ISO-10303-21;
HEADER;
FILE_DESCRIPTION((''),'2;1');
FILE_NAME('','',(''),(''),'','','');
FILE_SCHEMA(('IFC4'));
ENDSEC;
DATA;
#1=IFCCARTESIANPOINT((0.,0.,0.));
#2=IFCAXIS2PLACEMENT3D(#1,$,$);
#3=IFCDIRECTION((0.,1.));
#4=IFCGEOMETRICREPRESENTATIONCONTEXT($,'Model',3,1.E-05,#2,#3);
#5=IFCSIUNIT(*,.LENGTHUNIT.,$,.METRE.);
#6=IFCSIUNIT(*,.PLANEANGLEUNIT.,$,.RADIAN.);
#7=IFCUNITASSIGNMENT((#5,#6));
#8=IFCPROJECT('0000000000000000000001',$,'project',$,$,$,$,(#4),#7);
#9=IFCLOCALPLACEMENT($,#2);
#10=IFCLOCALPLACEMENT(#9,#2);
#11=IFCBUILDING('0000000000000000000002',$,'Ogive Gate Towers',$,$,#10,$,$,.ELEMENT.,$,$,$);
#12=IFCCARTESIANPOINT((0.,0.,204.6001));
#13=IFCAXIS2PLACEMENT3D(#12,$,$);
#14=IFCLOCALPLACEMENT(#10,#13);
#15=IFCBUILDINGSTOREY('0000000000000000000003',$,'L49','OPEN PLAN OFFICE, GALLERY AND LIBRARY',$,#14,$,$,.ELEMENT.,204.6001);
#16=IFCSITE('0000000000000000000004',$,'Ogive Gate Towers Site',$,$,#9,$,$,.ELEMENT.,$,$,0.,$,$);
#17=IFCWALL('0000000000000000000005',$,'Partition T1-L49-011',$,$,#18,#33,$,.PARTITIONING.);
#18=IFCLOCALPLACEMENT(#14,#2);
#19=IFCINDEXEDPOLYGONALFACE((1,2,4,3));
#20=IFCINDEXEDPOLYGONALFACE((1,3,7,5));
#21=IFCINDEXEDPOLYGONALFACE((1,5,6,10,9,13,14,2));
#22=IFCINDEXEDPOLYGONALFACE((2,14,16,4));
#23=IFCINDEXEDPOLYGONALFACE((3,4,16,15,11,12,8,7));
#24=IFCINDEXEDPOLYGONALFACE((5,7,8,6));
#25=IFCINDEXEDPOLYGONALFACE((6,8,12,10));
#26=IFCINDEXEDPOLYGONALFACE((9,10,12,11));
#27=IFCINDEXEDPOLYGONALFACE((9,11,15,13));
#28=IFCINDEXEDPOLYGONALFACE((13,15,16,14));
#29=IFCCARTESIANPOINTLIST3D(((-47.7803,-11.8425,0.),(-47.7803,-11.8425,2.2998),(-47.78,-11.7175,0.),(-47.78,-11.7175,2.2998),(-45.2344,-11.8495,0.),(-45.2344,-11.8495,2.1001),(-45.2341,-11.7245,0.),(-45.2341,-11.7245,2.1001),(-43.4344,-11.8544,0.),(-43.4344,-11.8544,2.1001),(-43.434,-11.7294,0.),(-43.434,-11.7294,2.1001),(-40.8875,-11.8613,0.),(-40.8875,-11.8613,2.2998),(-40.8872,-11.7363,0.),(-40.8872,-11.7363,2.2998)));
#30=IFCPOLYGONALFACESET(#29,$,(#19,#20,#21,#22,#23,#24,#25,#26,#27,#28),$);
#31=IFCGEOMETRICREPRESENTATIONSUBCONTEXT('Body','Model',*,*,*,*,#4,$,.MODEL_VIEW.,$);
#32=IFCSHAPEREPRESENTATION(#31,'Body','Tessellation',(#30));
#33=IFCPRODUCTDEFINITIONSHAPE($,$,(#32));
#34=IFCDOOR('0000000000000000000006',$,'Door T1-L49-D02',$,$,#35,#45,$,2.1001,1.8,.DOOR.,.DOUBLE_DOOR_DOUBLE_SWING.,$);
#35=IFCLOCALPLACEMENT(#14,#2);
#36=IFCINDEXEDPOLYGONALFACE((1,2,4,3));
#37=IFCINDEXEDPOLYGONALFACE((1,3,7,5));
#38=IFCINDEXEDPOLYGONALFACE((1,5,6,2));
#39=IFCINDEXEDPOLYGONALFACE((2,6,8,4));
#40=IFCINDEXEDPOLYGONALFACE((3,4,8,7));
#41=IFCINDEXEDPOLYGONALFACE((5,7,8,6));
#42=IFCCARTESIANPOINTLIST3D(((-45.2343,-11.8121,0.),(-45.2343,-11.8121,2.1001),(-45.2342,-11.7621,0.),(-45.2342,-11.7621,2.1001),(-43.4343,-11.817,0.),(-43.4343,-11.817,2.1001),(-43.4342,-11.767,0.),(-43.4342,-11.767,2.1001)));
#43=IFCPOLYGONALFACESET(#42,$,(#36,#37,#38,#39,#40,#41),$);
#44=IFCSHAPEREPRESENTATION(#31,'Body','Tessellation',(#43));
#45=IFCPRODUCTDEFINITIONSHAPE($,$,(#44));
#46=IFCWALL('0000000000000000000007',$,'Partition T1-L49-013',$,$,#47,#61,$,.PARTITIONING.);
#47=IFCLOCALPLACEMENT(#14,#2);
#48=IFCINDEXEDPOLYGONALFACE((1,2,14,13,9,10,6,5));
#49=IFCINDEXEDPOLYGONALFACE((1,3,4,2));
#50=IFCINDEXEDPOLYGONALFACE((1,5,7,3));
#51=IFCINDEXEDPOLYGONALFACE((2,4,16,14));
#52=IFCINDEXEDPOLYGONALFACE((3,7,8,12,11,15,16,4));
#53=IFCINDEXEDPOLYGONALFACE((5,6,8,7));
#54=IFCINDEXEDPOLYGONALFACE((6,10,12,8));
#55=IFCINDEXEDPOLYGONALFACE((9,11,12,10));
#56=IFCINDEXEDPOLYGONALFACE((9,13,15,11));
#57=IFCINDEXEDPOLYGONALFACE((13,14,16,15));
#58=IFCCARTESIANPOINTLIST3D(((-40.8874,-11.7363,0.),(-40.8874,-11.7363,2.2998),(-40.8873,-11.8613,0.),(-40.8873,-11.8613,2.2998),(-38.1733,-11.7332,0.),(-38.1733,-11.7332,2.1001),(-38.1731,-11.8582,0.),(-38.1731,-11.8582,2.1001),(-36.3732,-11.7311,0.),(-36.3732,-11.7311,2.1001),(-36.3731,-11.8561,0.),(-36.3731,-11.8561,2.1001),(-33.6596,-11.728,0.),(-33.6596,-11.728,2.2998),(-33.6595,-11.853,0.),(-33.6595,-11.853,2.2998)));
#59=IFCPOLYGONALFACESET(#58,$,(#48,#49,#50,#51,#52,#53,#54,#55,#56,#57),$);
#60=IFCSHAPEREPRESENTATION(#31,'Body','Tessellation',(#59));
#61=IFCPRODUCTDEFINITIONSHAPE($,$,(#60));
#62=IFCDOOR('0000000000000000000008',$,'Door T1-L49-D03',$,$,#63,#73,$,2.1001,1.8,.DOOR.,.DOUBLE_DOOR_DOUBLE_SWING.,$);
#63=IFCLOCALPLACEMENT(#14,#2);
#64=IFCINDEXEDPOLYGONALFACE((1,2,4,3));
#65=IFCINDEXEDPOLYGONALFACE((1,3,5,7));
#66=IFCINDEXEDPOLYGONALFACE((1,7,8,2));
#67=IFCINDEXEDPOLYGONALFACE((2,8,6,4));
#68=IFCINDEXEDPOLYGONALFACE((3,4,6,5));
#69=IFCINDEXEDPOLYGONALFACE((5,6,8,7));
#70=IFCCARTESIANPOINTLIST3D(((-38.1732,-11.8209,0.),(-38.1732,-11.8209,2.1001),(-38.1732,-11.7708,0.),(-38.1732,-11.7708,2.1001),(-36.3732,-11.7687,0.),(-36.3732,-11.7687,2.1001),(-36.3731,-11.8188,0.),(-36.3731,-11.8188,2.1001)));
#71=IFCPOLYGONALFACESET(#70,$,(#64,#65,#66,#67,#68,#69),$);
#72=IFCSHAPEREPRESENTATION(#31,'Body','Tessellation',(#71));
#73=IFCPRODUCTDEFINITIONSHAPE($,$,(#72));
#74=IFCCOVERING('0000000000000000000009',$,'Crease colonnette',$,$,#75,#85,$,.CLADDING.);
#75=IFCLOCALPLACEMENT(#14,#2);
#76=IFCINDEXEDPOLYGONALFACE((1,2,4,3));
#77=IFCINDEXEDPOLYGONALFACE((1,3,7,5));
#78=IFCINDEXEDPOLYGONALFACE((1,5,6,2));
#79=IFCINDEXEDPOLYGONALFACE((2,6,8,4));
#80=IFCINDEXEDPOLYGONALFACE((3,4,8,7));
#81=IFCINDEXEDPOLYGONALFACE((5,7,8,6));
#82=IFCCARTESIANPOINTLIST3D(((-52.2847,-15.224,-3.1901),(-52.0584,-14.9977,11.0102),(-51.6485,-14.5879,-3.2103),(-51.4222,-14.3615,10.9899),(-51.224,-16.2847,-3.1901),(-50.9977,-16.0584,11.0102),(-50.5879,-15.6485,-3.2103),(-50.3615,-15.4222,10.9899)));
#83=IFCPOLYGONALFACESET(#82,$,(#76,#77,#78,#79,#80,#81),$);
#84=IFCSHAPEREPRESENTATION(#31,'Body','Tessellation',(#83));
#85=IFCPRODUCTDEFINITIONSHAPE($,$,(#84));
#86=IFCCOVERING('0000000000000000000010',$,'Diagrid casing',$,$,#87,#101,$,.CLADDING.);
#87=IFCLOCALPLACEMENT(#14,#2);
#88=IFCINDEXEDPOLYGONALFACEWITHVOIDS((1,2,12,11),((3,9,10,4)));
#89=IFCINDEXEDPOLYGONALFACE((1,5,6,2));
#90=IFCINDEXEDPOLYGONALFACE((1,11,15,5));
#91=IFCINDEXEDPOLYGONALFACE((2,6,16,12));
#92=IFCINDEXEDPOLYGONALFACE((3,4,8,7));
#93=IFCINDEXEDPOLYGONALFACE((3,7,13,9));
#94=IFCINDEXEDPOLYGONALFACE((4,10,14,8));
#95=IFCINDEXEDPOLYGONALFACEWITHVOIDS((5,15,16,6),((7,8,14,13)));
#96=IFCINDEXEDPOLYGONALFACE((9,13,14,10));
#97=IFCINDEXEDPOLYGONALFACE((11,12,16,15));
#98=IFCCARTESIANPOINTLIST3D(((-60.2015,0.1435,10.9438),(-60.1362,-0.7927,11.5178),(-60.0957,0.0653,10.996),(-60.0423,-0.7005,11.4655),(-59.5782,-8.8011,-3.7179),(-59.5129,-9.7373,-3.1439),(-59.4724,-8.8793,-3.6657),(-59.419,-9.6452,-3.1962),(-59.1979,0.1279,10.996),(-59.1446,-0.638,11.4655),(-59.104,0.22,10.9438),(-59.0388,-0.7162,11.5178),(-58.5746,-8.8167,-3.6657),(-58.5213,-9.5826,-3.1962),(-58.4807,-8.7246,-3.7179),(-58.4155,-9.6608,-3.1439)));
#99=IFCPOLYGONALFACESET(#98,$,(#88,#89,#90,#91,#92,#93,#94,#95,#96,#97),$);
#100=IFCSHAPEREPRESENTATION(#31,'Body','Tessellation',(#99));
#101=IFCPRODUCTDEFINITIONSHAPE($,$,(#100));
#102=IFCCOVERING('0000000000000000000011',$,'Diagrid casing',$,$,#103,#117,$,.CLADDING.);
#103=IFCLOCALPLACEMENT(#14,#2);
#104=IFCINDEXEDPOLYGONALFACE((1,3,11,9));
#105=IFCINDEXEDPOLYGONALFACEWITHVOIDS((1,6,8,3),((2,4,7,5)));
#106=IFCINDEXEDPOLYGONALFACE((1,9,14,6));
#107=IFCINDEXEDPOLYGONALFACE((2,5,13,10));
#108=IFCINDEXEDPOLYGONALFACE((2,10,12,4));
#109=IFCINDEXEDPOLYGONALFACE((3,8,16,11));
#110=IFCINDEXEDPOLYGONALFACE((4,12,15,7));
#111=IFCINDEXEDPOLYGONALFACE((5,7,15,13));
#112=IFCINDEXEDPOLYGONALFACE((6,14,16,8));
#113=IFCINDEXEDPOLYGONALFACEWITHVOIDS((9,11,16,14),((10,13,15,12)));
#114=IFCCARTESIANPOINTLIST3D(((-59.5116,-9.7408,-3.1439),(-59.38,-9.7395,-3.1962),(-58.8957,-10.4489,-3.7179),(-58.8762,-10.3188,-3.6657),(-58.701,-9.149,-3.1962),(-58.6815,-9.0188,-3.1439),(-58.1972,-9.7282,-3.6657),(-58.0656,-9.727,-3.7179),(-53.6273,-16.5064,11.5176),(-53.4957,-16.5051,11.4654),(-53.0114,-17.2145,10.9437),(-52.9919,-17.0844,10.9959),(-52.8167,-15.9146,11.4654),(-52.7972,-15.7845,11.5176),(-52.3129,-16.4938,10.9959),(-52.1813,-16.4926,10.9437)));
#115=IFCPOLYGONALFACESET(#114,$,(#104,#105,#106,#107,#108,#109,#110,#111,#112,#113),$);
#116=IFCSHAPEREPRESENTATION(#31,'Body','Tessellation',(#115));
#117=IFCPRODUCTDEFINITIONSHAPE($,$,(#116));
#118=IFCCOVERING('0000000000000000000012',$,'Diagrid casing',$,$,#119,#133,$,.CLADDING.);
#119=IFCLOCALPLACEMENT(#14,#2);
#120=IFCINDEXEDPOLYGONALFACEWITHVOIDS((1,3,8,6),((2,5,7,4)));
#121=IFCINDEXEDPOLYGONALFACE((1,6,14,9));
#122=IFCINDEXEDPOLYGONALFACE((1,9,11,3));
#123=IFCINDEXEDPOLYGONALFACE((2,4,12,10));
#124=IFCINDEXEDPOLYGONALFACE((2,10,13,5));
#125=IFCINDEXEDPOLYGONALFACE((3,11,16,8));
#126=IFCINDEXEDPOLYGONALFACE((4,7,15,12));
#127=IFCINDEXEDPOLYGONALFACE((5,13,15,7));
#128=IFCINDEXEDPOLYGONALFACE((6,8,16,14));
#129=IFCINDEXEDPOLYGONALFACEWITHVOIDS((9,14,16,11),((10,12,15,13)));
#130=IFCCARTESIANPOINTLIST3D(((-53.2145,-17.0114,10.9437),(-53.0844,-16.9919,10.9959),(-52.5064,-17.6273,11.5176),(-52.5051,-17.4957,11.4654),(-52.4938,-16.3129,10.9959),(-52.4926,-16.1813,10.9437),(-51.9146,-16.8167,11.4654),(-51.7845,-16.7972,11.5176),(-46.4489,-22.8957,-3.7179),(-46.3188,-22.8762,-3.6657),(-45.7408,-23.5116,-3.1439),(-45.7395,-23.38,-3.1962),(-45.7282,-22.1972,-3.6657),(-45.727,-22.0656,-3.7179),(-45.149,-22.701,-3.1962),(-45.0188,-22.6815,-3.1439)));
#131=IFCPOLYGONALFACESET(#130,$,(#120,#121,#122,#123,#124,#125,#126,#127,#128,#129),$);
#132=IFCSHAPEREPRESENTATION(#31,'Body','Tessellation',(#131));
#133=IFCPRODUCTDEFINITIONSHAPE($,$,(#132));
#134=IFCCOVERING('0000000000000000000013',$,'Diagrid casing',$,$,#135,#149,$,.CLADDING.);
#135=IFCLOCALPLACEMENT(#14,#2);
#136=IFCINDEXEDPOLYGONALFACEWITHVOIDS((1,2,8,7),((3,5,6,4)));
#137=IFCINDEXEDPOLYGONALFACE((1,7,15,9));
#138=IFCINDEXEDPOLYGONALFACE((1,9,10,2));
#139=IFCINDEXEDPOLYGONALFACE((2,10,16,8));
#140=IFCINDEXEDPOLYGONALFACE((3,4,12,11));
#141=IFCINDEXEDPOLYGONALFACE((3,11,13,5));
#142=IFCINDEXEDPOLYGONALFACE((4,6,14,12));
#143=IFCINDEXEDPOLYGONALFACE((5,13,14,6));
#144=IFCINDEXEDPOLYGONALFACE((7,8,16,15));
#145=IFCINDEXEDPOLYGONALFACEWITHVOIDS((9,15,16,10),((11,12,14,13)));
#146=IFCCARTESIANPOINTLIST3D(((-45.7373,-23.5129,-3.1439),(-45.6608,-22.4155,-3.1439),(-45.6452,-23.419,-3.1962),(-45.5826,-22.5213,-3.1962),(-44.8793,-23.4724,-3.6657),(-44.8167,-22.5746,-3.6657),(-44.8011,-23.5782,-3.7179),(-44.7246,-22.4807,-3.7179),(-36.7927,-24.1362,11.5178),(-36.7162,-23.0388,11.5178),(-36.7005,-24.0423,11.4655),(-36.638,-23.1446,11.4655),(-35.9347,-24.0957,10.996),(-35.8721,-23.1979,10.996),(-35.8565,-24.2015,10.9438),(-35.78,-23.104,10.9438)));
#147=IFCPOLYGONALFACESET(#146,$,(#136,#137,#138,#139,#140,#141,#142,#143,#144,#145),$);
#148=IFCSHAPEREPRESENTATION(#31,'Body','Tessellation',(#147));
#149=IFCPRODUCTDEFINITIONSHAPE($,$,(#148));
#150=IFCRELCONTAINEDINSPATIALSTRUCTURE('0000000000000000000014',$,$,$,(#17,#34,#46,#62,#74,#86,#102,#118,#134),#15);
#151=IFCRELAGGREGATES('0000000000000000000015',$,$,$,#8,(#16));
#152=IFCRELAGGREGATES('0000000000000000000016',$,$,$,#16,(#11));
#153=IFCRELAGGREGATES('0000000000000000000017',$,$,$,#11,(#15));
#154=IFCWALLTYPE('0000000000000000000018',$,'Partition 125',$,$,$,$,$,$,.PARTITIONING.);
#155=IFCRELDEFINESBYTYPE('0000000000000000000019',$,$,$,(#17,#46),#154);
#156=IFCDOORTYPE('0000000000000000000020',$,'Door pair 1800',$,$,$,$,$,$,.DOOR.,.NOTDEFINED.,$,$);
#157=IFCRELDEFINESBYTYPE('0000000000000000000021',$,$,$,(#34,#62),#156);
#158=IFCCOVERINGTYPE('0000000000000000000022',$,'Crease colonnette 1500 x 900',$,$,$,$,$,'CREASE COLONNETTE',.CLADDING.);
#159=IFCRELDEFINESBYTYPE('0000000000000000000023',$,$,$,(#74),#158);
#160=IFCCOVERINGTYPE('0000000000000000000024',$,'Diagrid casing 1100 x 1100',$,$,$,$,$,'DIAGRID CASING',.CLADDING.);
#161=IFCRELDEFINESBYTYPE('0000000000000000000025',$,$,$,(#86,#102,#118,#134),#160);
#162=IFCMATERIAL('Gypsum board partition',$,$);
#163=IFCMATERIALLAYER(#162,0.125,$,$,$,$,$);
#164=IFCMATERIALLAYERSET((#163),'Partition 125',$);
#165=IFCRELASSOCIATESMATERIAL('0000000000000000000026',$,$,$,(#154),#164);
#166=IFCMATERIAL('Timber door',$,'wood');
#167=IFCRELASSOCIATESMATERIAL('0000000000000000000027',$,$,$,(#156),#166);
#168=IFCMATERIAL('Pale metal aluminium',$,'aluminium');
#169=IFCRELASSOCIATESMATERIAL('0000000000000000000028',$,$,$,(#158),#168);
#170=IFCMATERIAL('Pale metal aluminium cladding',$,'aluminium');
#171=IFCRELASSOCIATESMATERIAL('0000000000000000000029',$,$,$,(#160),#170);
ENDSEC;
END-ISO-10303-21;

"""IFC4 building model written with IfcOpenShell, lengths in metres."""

from ifc_helpers import new_model, si_unit, direction, frame, frame_2d, origin, origin_2d, place, context, subcontext, project, spatial, rectangle, hollow_rectangle, extrude, material, layer, layer_set, material_profile, profile_set, type_object, element, fill, save


model = new_model("IFC4")

# Units and contexts
model_context = context("Model", 3, precision=1e-05, world=origin(), true_north=direction((0.0, 1.0)))
body_context = subcontext(model_context, "Body", "Model", "MODEL_VIEW")
ifc_project = project(units=[si_unit("LENGTHUNIT", "METRE"), si_unit("PLANEANGLEUNIT", "RADIAN")], contexts=[model_context])

# Site, building, storey
site_placement = place(None, origin())
site = spatial("IfcSite", under=ifc_project, at=site_placement, Name="Ogive Gate Towers Site", CompositionType="ELEMENT", RefElevation=0.0)
building_placement = place(site_placement, origin())
building = spatial("IfcBuilding", under=site, at=building_placement, Name="Ogive Gate Towers", CompositionType="ELEMENT")
storey_placement = place(building_placement, frame((0.0, 0.0, 204.6001)))
storey = spatial("IfcBuildingStorey", under=building, at=storey_placement, Name="L49", Description="OPEN PLAN OFFICE, GALLERY AND LIBRARY", CompositionType="ELEMENT", Elevation=204.6001)

# Shared definitions
ifc_material_1 = material(Name="Gypsum board partition")
ifc_layer_1 = layer(ifc_material_1, 0.125)
ifc_layer_set_1 = layer_set([ifc_layer_1], Name="Partition 125")
wall_type_1 = type_object("IfcWallType", Name="Partition 125", PredefinedType="PARTITIONING", material=ifc_layer_set_1)

# Walls, openings, doors
wall_1_placement = place(storey_placement, frame((-47.78, -11.78, 0.0), z_axis=(0.0, 0.0, 1.0), x_axis=(0.999996, -0.002727, 0.0)))
wall_1 = element("IfcWall", 1, at=wall_1_placement, inside=storey, type_object=wall_type_1, Name="Partition T1-L49-011", PredefinedType="PARTITIONING", context=body_context, shape_type="SweptSolid", body=[
    extrude(rectangle(XDim=6.8928, YDim=0.125, at=frame_2d((3.4463, 0.0))), origin(), (0.0, 0.0, 1.0), 2.2998),
])
opening_1_placement = place(wall_1_placement, frame((2.5459, 0.0, 0.0)))
opening_1 = element("IfcOpeningElement", 2, at=opening_1_placement, cuts=wall_1, PredefinedType="OPENING", context=body_context, shape_type="SweptSolid", body=[
    extrude(rectangle(XDim=1.8, YDim=2.1001, at=frame_2d((0.8999, 1.05))), frame((0.0, 0.0725, 0.0), z_axis=(0.0, -1.0, 0.0), x_axis=(1.0, 0.0, 0.0)), (0.0, 0.0, 1.0), 0.145),
])
ifc_material_2 = material(Name="Timber door", Category="wood")
door_type_1 = type_object("IfcDoorType", Name="Door pair 1800", OperationType="NOTDEFINED", PredefinedType="DOOR", material=ifc_material_2)
door_1_placement = place(opening_1_placement, origin())
door_1 = element("IfcDoor", 3, at=door_1_placement, inside=storey, type_object=door_type_1, Name="Door T1-L49-D02", OperationType="DOUBLE_DOOR_DOUBLE_SWING", OverallHeight=2.1001, OverallWidth=1.8, PredefinedType="DOOR", context=body_context, shape_type="SweptSolid", body=[
    extrude(rectangle(XDim=1.8, YDim=2.1001, at=frame_2d((0.8999, 1.05))), frame((0.0, 0.0249, 0.0), z_axis=(0.0, -1.0, 0.0), x_axis=(1.0, 0.0, 0.0)), (0.0, 0.0, 1.0), 0.05),
])
fill(opening_1, door_1)
wall_2_placement = place(storey_placement, frame((-40.8872, -11.7988, 0.0), z_axis=(0.0, 0.0, 1.0), x_axis=(0.999999, 0.001148, 0.0)))
wall_2 = element("IfcWall", 4, at=wall_2_placement, inside=storey, type_object=wall_type_1, Name="Partition T1-L49-013", PredefinedType="PARTITIONING", context=body_context, shape_type="SweptSolid", body=[
    extrude(rectangle(XDim=7.2278, YDim=0.125, at=frame_2d((3.6138, 0.0))), origin(), (0.0, 0.0, 1.0), 2.2998),
])
opening_2_placement = place(wall_2_placement, frame((2.7141, 0.0, 0.0)))
opening_2 = element("IfcOpeningElement", 5, at=opening_2_placement, cuts=wall_2, PredefinedType="OPENING", context=body_context, shape_type="SweptSolid", body=[
    extrude(rectangle(XDim=1.8, YDim=2.1001, at=frame_2d((0.8999, 1.05))), frame((0.0, 0.0725, 0.0), z_axis=(0.0, -1.0, 0.0), x_axis=(1.0, 0.0, 0.0)), (0.0, 0.0, 1.0), 0.145),
])
door_2_placement = place(opening_2_placement, origin())
door_2 = element("IfcDoor", 6, at=door_2_placement, inside=storey, type_object=door_type_1, Name="Door T1-L49-D03", OperationType="DOUBLE_DOOR_DOUBLE_SWING", OverallHeight=2.1001, OverallWidth=1.8, PredefinedType="DOOR", context=body_context, shape_type="SweptSolid", body=[
    extrude(rectangle(XDim=1.8, YDim=2.1001, at=frame_2d((0.8999, 1.05))), frame((0.0, 0.0249, 0.0), z_axis=(0.0, -1.0, 0.0), x_axis=(1.0, 0.0, 0.0)), (0.0, 0.0, 1.0), 0.05),
])
fill(opening_2, door_2)

# Coverings
ifc_material_3 = material(Name="Pale metal aluminium", Category="aluminium")
ifc_material_profile_1 = material_profile(ifc_material_3, rectangle(XDim=1.5, YDim=0.8999, at=origin_2d()), Name="1500 x 900 pale metal aluminium")
ifc_profile_set_1 = profile_set([ifc_material_profile_1], Name="Pale metal aluminium")
covering_type_1 = type_object("IfcCoveringType", Name="Crease colonnette 1500 x 900", ElementType="CREASE COLONNETTE", PredefinedType="CLADDING", material=ifc_profile_set_1)
covering_placement = place(storey_placement, frame((-51.4363, -15.4363, -3.2002), z_axis=(0.015934, 0.015934, 0.999746), x_axis=(-0.707107, 0.707107, 0.0)))
element("IfcCovering", 7, at=covering_placement, inside=storey, type_object=covering_type_1, Name="Crease colonnette", PredefinedType="CLADDING", context=body_context, shape_type="SweptSolid", body=[
    extrude(rectangle(XDim=1.5, YDim=0.8999, at=origin_2d()), origin(), (0.0, 0.0, 1.0), 14.2039),
])
ifc_material_4 = material(Name="Pale metal aluminium cladding", Category="aluminium")
ifc_material_profile_2 = material_profile(ifc_material_4, hollow_rectangle(XDim=1.1001, YDim=1.1001, WallThickness=0.1001, at=origin_2d()), Name="1100 x 1100 pale metal casing")
ifc_profile_set_2 = profile_set([ifc_material_profile_2], Name="Pale metal aluminium cladding")
covering_type_2 = type_object("IfcCoveringType", Name="Diagrid casing 1100 x 1100", ElementType="DIAGRID CASING", PredefinedType="CLADDING", material=ifc_profile_set_2)
for number, where, z_axis, x_axis, name in (
    (8, (-58.9968, -9.231, -3.4309), (-0.036267, 0.520459, 0.853116), (-0.997581, -0.069515, 0.0), "Diagrid casing"),
    (9, (-58.7886, -9.7339, -3.4309), (0.342386, -0.393669, 0.85311), (0.754543, 0.65625, 0.0), "Diagrid casing"),
    (10, (-45.7339, -22.7886, -3.4309), (-0.393669, 0.342386, 0.85311), (-0.65625, -0.754543, 0.0), "Diagrid casing"),
    (11, (-45.231, -22.9968, -3.4309), (0.520459, -0.036267, 0.853116), (0.069515, 0.997581, 0.0), "Diagrid casing"),
):
    element("IfcCovering", number, at=place(storey_placement, frame(where, z_axis=z_axis, x_axis=x_axis)), inside=storey, type_object=covering_type_2, Name=name, PredefinedType="CLADDING", context=body_context, shape_type="SweptSolid", body=[
        extrude(hollow_rectangle(XDim=1.1001, YDim=1.1001, WallThickness=0.1001, at=origin_2d()), origin(), (0.0, 0.0, 1.0), 17.186),
    ])

save(model, "model.ifc")
